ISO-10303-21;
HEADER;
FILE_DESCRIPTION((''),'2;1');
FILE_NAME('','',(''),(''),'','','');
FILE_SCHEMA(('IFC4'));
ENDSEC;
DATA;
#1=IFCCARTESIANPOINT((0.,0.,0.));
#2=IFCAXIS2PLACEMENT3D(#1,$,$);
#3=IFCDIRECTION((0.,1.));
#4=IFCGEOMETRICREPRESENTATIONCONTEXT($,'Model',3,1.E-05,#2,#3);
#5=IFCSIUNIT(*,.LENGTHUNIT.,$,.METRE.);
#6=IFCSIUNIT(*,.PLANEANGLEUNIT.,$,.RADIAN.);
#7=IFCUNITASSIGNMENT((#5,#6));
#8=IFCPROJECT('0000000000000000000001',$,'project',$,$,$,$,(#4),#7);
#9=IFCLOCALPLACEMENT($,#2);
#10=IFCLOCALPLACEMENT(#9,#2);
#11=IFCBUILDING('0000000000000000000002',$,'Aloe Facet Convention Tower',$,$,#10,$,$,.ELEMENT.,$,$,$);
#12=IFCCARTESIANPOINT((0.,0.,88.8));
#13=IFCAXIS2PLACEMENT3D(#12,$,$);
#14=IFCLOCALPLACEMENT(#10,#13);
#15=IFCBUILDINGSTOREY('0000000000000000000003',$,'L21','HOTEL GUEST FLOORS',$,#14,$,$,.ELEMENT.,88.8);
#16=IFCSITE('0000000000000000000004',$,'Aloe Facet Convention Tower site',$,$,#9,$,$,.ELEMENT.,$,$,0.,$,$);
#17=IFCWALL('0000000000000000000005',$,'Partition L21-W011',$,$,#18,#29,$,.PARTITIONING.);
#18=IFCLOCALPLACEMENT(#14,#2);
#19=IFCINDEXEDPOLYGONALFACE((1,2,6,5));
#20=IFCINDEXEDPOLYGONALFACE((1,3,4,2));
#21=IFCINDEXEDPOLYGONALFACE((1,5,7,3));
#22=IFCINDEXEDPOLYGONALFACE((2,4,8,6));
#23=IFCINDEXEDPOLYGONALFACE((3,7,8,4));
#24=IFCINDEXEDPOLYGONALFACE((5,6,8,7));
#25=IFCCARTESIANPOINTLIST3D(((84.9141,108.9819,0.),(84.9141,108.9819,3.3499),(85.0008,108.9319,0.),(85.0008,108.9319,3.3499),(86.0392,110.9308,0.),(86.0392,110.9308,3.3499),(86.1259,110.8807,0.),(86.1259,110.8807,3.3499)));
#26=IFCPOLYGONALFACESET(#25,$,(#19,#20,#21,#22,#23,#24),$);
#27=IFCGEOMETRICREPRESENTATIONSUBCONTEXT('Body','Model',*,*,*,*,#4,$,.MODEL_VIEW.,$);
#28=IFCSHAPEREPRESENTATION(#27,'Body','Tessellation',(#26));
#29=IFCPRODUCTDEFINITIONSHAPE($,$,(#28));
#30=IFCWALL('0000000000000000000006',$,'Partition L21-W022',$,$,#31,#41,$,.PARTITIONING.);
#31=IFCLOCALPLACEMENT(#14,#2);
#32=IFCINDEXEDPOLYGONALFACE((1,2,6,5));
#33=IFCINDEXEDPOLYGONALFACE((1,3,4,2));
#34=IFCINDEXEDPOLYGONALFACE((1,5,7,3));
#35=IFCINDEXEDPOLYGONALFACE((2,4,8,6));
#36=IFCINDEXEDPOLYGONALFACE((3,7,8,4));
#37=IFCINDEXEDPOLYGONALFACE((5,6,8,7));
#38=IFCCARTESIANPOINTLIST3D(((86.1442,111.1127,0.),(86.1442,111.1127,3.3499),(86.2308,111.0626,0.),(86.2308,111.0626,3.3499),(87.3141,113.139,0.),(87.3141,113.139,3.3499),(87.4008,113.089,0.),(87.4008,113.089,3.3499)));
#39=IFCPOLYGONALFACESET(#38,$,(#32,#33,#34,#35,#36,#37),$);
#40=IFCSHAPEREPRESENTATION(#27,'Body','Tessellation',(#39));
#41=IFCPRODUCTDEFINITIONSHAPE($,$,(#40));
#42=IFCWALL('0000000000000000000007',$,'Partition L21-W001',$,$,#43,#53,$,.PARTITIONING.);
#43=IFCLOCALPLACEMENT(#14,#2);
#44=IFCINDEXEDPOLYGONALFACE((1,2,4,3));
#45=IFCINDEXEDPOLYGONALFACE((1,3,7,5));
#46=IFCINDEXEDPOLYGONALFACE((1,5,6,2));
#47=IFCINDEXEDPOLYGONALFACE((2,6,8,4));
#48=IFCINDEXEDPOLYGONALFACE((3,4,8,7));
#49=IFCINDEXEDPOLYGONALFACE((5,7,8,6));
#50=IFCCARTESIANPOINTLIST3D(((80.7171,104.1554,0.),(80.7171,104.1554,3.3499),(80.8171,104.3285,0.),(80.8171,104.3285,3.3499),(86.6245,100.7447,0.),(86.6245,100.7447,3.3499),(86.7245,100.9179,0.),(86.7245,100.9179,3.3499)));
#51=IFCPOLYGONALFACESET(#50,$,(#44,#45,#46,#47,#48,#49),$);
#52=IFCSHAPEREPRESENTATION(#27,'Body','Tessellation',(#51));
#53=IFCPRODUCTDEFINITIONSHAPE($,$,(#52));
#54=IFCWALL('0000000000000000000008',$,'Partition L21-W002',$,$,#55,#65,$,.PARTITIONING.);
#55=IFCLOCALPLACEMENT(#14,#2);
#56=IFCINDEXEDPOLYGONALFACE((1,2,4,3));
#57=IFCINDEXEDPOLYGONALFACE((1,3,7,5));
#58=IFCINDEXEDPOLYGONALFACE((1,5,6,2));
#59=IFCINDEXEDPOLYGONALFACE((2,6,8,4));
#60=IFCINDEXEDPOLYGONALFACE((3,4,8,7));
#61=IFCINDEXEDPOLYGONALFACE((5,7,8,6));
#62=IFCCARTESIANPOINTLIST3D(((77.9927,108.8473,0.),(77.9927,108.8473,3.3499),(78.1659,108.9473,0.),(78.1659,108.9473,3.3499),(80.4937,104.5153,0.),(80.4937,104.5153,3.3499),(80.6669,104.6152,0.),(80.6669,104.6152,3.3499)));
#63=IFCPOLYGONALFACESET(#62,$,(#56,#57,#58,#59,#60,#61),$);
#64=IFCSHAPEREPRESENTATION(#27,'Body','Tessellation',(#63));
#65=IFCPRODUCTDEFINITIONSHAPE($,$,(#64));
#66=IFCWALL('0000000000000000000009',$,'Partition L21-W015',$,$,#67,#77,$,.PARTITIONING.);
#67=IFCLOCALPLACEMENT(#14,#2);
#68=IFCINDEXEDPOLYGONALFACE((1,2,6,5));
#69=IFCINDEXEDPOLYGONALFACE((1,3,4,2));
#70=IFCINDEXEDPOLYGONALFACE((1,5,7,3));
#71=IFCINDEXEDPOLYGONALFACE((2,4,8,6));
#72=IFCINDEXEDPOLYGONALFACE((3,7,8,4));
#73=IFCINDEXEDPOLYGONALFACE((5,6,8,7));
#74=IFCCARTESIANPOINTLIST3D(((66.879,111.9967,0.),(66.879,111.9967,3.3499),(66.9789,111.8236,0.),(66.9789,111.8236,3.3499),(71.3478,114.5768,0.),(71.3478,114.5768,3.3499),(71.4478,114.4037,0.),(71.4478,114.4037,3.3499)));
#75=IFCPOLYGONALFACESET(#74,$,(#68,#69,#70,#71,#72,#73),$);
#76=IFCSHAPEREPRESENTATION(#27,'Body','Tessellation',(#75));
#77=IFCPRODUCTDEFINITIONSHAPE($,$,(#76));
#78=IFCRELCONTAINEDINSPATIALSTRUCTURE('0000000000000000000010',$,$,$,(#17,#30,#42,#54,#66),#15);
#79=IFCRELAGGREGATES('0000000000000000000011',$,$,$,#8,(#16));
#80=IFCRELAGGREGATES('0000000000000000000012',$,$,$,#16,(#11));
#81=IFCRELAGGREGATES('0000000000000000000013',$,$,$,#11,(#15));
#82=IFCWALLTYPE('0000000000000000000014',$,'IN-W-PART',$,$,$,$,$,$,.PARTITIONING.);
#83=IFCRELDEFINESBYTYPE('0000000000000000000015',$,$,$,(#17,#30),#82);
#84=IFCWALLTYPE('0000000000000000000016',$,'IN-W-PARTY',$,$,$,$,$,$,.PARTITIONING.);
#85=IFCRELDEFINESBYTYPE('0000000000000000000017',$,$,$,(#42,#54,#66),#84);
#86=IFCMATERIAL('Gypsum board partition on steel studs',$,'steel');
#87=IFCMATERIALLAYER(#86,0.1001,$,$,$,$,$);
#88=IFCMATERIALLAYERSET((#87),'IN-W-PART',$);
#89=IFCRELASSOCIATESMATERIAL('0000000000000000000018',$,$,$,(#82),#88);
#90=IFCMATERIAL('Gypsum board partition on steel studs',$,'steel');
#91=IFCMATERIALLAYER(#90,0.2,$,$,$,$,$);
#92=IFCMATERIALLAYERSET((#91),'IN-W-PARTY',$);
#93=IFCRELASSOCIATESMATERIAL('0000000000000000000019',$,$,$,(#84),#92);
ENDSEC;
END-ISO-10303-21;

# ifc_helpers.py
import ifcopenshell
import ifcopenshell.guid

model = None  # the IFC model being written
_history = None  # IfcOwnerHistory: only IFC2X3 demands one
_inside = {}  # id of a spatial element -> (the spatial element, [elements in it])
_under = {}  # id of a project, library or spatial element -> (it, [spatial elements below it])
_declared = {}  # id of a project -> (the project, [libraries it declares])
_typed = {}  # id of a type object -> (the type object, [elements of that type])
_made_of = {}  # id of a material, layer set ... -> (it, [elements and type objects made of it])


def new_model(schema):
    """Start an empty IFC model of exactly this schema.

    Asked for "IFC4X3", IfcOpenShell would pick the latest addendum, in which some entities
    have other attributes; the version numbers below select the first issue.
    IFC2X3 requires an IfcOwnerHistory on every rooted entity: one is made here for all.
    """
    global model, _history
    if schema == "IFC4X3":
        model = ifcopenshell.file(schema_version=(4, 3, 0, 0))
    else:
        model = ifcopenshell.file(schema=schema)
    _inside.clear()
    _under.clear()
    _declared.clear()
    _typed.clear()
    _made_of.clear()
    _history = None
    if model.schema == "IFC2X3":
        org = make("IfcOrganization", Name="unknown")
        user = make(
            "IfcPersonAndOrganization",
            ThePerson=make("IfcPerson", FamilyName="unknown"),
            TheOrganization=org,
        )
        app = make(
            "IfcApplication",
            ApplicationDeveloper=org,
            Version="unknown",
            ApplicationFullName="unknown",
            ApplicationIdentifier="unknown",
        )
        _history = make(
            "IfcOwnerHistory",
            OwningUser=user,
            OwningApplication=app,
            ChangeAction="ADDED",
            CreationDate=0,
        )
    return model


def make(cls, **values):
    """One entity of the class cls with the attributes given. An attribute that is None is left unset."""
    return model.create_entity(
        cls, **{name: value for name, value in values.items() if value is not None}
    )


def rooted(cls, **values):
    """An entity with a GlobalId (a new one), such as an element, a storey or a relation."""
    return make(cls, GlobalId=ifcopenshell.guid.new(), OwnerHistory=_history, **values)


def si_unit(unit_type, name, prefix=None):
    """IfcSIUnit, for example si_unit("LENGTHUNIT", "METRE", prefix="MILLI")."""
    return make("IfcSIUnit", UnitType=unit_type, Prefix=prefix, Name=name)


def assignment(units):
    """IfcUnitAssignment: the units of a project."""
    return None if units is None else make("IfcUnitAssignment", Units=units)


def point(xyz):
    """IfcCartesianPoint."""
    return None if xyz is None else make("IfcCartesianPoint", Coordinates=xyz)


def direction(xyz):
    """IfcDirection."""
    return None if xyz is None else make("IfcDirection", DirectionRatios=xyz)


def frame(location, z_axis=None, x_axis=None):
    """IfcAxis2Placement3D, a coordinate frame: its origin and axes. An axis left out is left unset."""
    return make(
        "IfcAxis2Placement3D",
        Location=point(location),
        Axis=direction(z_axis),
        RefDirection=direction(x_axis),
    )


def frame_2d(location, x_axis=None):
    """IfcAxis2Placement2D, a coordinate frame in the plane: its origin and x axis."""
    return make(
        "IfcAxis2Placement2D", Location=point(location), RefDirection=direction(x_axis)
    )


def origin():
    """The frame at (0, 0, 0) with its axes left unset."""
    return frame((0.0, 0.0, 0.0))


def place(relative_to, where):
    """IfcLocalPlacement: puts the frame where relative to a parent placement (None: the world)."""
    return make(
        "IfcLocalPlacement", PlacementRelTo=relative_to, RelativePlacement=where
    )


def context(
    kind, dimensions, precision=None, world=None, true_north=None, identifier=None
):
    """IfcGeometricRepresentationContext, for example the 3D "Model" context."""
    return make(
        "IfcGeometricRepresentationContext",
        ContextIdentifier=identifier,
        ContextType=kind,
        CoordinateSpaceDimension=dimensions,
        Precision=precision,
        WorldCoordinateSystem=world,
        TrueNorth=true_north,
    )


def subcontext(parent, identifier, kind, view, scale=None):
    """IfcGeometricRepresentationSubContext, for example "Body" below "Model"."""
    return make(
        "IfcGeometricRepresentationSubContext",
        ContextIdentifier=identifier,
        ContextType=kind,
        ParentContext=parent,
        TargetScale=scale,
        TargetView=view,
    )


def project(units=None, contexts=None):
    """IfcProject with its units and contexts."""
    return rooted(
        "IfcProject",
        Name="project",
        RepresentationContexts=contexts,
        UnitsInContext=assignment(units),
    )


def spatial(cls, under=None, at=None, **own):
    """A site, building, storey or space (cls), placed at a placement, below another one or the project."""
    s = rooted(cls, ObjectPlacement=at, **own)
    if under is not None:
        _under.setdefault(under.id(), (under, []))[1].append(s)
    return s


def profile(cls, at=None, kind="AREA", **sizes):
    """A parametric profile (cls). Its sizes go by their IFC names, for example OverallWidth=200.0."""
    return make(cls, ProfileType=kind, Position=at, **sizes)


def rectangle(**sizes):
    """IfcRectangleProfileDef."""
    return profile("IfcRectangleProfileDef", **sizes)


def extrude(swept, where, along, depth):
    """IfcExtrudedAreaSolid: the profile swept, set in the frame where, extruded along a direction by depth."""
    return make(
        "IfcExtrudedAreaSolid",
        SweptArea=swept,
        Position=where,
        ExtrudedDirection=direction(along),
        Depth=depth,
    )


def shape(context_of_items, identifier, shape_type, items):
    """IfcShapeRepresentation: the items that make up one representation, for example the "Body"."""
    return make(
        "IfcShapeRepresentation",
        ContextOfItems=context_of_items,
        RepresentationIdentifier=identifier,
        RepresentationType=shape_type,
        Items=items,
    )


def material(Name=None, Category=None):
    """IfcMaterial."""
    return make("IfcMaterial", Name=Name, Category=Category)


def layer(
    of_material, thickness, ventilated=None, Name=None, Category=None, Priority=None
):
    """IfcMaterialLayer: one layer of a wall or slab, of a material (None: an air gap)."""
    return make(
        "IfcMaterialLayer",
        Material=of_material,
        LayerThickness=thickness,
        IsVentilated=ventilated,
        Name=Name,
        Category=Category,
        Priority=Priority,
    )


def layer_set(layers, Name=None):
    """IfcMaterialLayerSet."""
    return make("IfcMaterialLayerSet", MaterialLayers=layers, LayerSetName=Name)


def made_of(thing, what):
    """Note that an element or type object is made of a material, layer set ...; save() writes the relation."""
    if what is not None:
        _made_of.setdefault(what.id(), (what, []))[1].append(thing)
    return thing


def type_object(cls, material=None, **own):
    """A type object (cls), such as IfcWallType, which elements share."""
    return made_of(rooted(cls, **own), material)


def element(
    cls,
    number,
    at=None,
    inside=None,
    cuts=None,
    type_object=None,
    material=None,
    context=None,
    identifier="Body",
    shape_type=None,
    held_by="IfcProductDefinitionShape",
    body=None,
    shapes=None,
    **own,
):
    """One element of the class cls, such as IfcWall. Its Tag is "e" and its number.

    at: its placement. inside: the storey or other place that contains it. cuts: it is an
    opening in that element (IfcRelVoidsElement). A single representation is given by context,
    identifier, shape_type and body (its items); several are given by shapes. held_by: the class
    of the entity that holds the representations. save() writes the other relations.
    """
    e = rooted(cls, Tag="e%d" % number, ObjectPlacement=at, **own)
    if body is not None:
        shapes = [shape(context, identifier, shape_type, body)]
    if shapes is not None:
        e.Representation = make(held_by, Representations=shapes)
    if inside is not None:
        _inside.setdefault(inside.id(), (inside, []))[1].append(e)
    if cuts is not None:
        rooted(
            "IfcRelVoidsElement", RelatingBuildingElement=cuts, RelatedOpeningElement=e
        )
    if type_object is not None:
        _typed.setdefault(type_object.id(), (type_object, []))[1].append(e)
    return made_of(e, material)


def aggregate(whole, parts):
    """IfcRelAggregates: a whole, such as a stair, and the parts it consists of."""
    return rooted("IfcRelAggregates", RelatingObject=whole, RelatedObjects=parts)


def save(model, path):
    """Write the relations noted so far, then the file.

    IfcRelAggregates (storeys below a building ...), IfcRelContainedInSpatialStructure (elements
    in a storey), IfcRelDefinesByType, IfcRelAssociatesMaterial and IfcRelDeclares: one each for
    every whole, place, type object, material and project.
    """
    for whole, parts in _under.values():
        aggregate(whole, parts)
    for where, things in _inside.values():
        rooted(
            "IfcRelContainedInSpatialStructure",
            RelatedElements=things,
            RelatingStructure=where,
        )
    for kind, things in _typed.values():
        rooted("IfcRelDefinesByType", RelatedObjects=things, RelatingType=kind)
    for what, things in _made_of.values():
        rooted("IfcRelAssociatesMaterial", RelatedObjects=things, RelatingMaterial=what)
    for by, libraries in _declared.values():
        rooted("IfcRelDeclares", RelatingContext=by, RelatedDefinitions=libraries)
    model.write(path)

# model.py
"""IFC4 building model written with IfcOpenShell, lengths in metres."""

from ifc_helpers import new_model, si_unit, direction, frame, frame_2d, origin, place, context, subcontext, project, spatial, rectangle, extrude, material, layer, layer_set, type_object, element, save


model = new_model("IFC4")

# Units and contexts
model_context = context("Model", 3, precision=1e-05, world=origin(), true_north=direction((0.0, 1.0)))
body_context = subcontext(model_context, "Body", "Model", "MODEL_VIEW")
ifc_project = project(units=[si_unit("LENGTHUNIT", "METRE"), si_unit("PLANEANGLEUNIT", "RADIAN")], contexts=[model_context])

# Site, building, storey
site_placement = place(None, origin())
site = spatial("IfcSite", under=ifc_project, at=site_placement, Name="Aloe Facet Convention Tower site", CompositionType="ELEMENT", RefElevation=0.0)
building_placement = place(site_placement, origin())
building = spatial("IfcBuilding", under=site, at=building_placement, Name="Aloe Facet Convention Tower", CompositionType="ELEMENT")
storey_placement = place(building_placement, frame((0.0, 0.0, 88.8)))
storey = spatial("IfcBuildingStorey", under=building, at=storey_placement, Name="L21", Description="HOTEL GUEST FLOORS", CompositionType="ELEMENT", Elevation=88.8)

# Shared definitions
ifc_material_1 = material(Name="Gypsum board partition on steel studs", Category="steel")
ifc_layer_1 = layer(ifc_material_1, 0.1001)
ifc_layer_set_1 = layer_set([ifc_layer_1], Name="IN-W-PART")
wall_type_1 = type_object("IfcWallType", Name="IN-W-PART", PredefinedType="PARTITIONING", material=ifc_layer_set_1)

# Walls
wall_1_placement = place(storey_placement, frame((84.9575, 108.957, 0.0), z_axis=(0.0, 0.0, 1.0), x_axis=(0.499967, 0.866045, 0.0)))
element("IfcWall", 1, at=wall_1_placement, inside=storey, type_object=wall_type_1, Name="Partition L21-W011", PredefinedType="PARTITIONING", context=body_context, shape_type="SweptSolid", body=[
    extrude(rectangle(XDim=2.2502, YDim=0.1001, at=frame_2d((1.125, 0.0))), origin(), (0.0, 0.0, 1.0), 3.3499),
])
wall_2_placement = place(storey_placement, frame((86.1875, 111.0876, 0.0), z_axis=(0.0, 0.0, 1.0), x_axis=(0.499999, 0.866026, 0.0)))
element("IfcWall", 2, at=wall_2_placement, inside=storey, type_object=wall_type_1, Name="Partition L21-W022", PredefinedType="PARTITIONING", context=body_context, shape_type="SweptSolid", body=[
    extrude(rectangle(XDim=2.3398, YDim=0.1001, at=frame_2d((1.1699, 0.0))), origin(), (0.0, 0.0, 1.0), 3.3499),
])
ifc_material_2 = material(Name="Gypsum board partition on steel studs", Category="steel")
ifc_layer_2 = layer(ifc_material_2, 0.2)
ifc_layer_set_2 = layer_set([ifc_layer_2], Name="IN-W-PARTY")
wall_type_2 = type_object("IfcWallType", Name="IN-W-PARTY", PredefinedType="PARTITIONING", material=ifc_layer_set_2)
wall_3_placement = place(storey_placement, frame((80.7671, 104.2419, 0.0), z_axis=(0.0, 0.0, 1.0), x_axis=(0.866028, -0.499996, 0.0)))
element("IfcWall", 3, at=wall_3_placement, inside=storey, type_object=wall_type_2, Name="Partition L21-W001", PredefinedType="PARTITIONING", context=body_context, shape_type="SweptSolid", body=[
    extrude(rectangle(XDim=6.8213, YDim=0.2, at=frame_2d((3.4106, 0.0))), origin(), (0.0, 0.0, 1.0), 3.3499),
])
wall_4_placement = place(storey_placement, frame((78.0793, 108.8972, 0.0), z_axis=(0.0, 0.0, 1.0), x_axis=(0.499982, -0.866036, 0.0)))
element("IfcWall", 4, at=wall_4_placement, inside=storey, type_object=wall_type_2, Name="Partition L21-W002", PredefinedType="PARTITIONING", context=body_context, shape_type="SweptSolid", body=[
    extrude(rectangle(XDim=5.0022, YDim=0.2, at=frame_2d((2.501, 0.0))), origin(), (0.0, 0.0, 1.0), 3.3499),
])
wall_5_placement = place(storey_placement, frame((66.929, 111.9102, 0.0), z_axis=(0.0, 0.0, 1.0), x_axis=(0.866022, 0.500006, 0.0)))
element("IfcWall", 5, at=wall_5_placement, inside=storey, type_object=wall_type_2, Name="Partition L21-W015", PredefinedType="PARTITIONING", context=body_context, shape_type="SweptSolid", body=[
    extrude(rectangle(XDim=5.1602, YDim=0.2, at=frame_2d((2.5801, 0.0))), origin(), (0.0, 0.0, 1.0), 3.3499),
])

save(model, "model.ifc")
